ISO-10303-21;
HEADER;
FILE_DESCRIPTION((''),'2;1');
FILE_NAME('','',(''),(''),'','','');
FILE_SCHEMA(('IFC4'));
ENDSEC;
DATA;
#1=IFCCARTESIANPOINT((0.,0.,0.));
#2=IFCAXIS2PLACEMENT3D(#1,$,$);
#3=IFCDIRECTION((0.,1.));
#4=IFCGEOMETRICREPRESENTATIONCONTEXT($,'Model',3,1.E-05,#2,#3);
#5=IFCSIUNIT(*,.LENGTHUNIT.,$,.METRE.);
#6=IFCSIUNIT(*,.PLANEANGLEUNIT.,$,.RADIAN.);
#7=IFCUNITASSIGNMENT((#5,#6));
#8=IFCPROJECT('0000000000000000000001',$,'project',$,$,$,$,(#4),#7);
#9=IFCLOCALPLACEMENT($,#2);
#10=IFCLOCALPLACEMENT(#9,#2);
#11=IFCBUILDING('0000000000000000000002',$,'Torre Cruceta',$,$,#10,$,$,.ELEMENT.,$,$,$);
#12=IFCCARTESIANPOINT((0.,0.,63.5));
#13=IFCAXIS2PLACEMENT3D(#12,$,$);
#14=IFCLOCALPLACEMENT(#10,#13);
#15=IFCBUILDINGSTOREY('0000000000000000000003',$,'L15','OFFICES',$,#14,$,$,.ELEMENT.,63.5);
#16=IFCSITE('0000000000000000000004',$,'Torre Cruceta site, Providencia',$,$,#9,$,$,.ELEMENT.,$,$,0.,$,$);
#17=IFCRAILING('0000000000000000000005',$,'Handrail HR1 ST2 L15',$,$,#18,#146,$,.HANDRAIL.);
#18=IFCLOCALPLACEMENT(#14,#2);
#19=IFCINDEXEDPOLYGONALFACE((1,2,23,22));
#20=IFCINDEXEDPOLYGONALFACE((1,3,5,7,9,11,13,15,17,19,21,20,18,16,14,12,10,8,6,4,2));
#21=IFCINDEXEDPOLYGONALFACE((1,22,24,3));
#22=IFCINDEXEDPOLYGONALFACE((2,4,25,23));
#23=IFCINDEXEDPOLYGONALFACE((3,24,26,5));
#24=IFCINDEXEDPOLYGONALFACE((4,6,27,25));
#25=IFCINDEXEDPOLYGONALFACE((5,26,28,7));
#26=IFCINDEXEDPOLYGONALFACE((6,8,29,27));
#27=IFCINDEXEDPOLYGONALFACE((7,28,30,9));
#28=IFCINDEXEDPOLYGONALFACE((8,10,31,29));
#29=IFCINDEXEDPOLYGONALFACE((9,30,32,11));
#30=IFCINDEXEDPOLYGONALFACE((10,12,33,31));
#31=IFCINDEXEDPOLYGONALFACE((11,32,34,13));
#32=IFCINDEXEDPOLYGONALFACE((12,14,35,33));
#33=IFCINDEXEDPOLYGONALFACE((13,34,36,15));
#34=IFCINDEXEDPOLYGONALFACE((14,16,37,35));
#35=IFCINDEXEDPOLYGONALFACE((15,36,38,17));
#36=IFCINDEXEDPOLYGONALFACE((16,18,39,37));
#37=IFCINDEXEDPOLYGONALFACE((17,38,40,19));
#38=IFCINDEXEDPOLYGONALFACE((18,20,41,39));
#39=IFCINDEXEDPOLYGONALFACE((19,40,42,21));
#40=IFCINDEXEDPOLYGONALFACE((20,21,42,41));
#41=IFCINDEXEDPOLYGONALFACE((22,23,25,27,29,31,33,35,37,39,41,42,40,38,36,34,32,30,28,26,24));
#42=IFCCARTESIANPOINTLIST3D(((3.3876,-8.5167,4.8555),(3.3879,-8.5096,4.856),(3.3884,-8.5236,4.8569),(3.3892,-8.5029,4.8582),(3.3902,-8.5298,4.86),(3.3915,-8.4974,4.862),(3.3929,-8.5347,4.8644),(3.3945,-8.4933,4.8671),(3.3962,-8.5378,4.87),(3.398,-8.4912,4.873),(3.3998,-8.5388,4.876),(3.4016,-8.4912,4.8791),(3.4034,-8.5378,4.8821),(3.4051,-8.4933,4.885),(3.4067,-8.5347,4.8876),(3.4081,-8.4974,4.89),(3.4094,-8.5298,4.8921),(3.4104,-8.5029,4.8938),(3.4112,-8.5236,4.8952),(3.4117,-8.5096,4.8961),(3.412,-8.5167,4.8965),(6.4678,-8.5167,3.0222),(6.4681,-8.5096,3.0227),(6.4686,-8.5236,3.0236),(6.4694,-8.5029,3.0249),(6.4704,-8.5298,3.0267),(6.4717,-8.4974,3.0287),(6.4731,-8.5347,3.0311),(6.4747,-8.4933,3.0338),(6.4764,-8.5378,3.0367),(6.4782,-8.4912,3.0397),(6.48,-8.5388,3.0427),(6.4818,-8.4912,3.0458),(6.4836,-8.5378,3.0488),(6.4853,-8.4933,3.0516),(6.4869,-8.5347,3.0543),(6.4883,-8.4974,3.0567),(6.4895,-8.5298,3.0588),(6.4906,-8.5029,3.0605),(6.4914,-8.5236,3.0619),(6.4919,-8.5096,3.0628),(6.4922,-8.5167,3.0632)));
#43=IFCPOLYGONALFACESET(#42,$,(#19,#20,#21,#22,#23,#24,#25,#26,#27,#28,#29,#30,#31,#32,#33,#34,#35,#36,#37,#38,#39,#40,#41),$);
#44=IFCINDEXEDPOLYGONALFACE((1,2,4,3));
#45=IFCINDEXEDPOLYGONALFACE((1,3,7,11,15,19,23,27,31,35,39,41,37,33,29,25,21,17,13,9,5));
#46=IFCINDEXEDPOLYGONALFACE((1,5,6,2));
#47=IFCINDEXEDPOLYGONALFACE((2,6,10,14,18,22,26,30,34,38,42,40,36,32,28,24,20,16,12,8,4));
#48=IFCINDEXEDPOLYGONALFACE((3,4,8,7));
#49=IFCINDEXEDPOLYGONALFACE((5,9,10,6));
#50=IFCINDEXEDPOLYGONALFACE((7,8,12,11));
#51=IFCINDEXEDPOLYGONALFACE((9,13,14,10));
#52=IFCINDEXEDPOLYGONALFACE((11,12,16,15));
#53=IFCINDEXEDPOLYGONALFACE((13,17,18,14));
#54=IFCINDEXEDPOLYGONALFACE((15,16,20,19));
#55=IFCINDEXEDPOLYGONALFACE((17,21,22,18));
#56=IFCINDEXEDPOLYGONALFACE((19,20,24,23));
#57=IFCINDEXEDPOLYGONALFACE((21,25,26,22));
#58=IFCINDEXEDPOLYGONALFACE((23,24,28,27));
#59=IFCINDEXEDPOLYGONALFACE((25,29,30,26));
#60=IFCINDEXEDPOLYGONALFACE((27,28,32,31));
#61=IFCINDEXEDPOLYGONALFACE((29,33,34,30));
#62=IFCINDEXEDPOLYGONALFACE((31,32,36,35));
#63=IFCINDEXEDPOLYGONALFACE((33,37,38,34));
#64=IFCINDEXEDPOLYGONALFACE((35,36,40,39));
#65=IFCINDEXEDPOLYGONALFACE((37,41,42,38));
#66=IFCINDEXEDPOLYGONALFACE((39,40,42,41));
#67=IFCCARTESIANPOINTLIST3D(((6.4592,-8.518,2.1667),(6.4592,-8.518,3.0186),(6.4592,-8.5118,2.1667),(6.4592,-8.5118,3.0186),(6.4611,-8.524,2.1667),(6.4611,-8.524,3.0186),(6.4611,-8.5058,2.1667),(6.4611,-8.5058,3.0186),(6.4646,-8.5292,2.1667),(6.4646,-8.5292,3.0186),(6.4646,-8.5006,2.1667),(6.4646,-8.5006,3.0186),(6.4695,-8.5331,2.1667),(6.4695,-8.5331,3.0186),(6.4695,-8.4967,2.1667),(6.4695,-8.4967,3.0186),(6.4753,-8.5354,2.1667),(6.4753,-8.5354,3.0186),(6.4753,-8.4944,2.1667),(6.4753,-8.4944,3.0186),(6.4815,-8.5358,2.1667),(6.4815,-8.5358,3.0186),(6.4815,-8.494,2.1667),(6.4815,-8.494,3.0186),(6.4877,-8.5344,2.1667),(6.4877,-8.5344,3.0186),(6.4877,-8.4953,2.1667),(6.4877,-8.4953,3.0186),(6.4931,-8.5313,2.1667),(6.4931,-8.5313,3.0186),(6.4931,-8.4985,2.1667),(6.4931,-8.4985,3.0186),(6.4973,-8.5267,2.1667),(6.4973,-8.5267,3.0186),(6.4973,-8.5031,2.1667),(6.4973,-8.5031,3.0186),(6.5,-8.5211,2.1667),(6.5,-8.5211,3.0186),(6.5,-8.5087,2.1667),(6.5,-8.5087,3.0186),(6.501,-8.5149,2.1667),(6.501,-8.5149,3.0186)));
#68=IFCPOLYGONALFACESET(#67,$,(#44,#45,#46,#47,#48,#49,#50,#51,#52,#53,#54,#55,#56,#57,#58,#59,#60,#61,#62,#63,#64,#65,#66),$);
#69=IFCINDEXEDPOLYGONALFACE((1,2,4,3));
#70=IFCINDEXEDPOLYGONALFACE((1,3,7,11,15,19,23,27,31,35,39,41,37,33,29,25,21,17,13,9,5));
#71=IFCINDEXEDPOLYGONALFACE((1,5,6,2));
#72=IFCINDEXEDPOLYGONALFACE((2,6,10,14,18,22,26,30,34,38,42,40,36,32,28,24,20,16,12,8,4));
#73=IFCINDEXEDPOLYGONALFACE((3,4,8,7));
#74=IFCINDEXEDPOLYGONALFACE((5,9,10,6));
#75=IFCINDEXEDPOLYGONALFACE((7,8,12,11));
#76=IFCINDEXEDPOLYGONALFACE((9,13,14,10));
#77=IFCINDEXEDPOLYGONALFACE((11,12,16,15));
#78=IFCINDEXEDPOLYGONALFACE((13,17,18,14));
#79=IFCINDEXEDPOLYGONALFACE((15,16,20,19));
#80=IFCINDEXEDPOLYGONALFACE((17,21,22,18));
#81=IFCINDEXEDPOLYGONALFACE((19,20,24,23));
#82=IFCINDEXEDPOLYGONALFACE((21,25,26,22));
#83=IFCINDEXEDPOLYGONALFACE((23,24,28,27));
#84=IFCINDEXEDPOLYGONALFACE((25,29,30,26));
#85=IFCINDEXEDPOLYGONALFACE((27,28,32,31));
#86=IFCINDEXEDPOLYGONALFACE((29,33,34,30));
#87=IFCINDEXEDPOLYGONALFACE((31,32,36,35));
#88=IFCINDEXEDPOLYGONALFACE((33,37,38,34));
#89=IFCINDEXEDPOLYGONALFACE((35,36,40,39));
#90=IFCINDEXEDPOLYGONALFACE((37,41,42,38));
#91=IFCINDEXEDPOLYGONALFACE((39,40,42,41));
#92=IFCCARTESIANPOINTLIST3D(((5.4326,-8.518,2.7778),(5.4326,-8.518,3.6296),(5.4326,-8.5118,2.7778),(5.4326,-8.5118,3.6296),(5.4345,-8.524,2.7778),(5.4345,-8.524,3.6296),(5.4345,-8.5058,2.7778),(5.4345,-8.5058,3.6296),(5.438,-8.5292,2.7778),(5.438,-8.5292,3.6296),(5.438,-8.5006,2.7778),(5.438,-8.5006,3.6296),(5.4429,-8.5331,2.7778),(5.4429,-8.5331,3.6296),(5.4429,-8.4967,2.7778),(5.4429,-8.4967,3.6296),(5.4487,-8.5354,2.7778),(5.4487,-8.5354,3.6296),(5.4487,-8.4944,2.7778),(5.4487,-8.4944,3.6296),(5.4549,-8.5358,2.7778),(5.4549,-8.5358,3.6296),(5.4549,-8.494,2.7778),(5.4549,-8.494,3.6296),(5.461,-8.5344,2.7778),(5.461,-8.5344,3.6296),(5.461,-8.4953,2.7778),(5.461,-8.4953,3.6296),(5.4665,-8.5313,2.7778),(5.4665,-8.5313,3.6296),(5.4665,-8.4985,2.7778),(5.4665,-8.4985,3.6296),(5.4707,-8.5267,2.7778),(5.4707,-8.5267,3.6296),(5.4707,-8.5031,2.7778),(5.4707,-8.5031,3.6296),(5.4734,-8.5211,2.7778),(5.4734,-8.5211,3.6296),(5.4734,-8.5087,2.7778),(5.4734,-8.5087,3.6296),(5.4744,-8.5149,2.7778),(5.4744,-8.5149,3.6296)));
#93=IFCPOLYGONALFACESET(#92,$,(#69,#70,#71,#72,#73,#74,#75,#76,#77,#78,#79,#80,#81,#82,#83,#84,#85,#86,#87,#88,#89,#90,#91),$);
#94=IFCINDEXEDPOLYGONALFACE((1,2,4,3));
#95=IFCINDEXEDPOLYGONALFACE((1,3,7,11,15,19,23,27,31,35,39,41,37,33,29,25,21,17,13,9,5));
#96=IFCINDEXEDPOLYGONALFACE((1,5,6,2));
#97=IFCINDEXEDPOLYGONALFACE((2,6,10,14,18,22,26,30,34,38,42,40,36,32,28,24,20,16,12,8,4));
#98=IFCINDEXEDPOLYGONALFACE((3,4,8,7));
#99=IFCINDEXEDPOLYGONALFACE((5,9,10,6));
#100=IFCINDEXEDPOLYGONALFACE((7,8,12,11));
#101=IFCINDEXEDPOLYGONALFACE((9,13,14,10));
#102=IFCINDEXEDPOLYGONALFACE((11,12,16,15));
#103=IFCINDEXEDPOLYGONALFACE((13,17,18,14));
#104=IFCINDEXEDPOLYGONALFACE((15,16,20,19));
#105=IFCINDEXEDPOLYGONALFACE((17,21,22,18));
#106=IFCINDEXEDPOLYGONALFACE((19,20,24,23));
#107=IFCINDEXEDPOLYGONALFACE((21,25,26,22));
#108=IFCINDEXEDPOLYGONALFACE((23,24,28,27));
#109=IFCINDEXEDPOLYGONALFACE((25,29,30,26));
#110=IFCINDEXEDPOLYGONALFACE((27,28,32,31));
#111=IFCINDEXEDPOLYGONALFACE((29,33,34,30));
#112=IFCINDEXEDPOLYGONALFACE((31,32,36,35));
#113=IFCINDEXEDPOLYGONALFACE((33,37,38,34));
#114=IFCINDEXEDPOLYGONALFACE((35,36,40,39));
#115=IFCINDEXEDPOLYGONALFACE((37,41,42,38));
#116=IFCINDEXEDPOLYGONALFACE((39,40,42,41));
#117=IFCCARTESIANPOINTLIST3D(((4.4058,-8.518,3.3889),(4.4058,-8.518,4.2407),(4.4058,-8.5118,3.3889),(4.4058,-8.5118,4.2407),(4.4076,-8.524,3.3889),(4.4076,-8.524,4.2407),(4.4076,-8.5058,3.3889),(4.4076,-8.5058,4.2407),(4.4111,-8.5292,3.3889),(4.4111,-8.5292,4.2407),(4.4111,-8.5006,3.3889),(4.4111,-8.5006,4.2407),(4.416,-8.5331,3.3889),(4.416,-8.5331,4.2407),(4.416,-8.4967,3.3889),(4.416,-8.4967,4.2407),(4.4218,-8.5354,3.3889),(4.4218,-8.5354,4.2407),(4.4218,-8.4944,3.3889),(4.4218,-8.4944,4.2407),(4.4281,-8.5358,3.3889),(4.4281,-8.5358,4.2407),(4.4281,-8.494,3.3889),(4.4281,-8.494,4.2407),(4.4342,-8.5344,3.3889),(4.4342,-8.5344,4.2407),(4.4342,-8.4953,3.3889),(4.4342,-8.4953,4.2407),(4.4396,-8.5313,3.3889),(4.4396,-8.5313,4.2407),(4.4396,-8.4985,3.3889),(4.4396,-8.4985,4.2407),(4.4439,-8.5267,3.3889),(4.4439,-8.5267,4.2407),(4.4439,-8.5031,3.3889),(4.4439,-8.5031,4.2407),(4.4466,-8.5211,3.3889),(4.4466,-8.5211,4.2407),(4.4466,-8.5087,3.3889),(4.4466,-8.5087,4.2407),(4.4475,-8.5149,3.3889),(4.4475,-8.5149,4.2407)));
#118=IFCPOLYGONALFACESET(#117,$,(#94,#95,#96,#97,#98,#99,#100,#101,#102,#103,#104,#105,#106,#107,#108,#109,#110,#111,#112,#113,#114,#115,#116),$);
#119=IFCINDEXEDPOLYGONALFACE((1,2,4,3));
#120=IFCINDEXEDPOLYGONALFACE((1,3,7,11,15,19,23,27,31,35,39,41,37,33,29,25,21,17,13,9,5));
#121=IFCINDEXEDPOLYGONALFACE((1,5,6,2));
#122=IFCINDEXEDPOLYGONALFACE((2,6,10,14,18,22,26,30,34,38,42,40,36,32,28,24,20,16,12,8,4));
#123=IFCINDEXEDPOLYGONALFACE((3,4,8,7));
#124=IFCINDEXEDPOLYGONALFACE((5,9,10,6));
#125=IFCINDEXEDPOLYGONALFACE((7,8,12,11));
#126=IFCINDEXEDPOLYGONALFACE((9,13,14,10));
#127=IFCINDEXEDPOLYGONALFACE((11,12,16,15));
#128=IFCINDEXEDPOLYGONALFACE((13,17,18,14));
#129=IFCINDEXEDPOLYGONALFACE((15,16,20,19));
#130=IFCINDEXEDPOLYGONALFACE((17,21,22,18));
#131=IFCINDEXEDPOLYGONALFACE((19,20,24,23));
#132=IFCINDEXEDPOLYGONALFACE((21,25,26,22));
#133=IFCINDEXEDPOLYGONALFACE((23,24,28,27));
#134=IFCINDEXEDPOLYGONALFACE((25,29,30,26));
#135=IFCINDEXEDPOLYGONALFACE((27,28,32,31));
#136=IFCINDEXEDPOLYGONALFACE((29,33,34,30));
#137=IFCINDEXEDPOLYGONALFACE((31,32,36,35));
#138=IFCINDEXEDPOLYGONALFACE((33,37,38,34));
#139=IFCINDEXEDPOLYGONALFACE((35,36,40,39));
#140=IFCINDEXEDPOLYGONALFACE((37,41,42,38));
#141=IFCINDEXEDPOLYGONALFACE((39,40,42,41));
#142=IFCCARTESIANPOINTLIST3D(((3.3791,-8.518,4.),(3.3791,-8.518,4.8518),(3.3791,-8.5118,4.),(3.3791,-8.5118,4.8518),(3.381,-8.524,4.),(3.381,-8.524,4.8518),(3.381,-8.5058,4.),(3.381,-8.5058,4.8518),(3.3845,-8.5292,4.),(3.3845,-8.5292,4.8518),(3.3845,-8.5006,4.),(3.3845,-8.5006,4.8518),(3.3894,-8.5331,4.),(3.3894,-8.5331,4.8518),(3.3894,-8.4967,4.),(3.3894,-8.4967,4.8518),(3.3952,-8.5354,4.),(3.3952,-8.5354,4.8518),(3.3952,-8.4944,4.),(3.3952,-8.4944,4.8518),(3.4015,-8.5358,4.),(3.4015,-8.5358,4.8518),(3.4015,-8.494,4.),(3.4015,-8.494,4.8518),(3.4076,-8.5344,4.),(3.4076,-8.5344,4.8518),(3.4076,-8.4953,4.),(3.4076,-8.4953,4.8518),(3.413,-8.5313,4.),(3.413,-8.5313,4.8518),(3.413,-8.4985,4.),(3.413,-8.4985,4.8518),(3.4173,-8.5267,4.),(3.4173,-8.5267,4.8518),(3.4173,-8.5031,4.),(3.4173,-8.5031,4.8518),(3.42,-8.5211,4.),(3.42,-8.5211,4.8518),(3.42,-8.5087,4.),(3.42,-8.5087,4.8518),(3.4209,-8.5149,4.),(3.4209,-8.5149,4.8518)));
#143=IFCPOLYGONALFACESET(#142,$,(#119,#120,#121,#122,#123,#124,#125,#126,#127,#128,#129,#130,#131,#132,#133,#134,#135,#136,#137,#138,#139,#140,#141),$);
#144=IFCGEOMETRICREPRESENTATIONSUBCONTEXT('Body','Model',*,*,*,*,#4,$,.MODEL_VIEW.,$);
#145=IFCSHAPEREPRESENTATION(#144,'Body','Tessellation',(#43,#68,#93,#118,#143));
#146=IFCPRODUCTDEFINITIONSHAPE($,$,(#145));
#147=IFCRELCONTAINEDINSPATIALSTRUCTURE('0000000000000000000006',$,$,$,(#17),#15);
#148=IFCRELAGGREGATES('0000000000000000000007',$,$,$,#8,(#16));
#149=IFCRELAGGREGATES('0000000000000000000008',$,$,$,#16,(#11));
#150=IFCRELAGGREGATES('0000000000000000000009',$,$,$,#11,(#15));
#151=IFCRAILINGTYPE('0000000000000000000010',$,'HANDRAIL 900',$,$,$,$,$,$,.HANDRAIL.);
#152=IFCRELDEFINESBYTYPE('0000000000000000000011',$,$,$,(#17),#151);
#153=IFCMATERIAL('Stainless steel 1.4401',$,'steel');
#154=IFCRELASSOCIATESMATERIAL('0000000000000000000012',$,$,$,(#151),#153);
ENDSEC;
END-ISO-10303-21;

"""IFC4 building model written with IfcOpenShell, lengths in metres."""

from ifc_helpers import new_model, si_unit, direction, frame, origin, origin_2d, place, context, subcontext, project, spatial, circle, extrude, material, type_object, element, save


model = new_model("IFC4")

# Units and contexts
model_context = context("Model", 3, precision=1e-05, world=origin(), true_north=direction((0.0, 1.0)))
body_context = subcontext(model_context, "Body", "Model", "MODEL_VIEW")
ifc_project = project(units=[si_unit("LENGTHUNIT", "METRE"), si_unit("PLANEANGLEUNIT", "RADIAN")], contexts=[model_context])

# Site, building, storey
site_placement = place(None, origin())
site = spatial("IfcSite", under=ifc_project, at=site_placement, Name="Torre Cruceta site, Providencia", CompositionType="ELEMENT", RefElevation=0.0)
building_placement = place(site_placement, origin())
building = spatial("IfcBuilding", under=site, at=building_placement, Name="Torre Cruceta", CompositionType="ELEMENT")
storey_placement = place(building_placement, frame((0.0, 0.0, 63.5)))
storey = spatial("IfcBuildingStorey", under=building, at=storey_placement, Name="L15", Description="OFFICES", CompositionType="ELEMENT", Elevation=63.5)

# Railing
ifc_material_1 = material(Name="Stainless steel 1.4401", Category="steel")
railing_type = type_object("IfcRailingType", Name="HANDRAIL 900", PredefinedType="HANDRAIL", material=ifc_material_1)
railing_1_placement = place(storey_placement, frame((6.48, -8.5149, 2.1667)))
element("IfcRailing", 1, at=railing_1_placement, inside=storey, type_object=railing_type, Name="Handrail HR1 ST2 L15", PredefinedType="HANDRAIL", context=body_context, shape_type="SweptSolid", body=[
    extrude(circle(Radius=0.0239, at=origin_2d()), frame((0.0, 0.0, 0.876), z_axis=(-0.859309, 0.0, 0.511458), x_axis=(0.0, -1.0, 0.0)), (0.0, 0.0, 1.0), 3.5845),
    extrude(circle(Radius=0.021, at=origin_2d()), origin(), (0.0, 0.0, 1.0), 0.8518),
    extrude(circle(Radius=0.021, at=origin_2d()), frame((-1.0266, 0.0, 0.6111)), (0.0, 0.0, 1.0), 0.8518),
    extrude(circle(Radius=0.021, at=origin_2d()), frame((-2.0535, 0.0, 1.2222)), (0.0, 0.0, 1.0), 0.8518),
    extrude(circle(Radius=0.021, at=origin_2d()), frame((-3.0801, 0.0, 1.8333)), (0.0, 0.0, 1.0), 0.8518),
])

save(model, "model.ifc")
